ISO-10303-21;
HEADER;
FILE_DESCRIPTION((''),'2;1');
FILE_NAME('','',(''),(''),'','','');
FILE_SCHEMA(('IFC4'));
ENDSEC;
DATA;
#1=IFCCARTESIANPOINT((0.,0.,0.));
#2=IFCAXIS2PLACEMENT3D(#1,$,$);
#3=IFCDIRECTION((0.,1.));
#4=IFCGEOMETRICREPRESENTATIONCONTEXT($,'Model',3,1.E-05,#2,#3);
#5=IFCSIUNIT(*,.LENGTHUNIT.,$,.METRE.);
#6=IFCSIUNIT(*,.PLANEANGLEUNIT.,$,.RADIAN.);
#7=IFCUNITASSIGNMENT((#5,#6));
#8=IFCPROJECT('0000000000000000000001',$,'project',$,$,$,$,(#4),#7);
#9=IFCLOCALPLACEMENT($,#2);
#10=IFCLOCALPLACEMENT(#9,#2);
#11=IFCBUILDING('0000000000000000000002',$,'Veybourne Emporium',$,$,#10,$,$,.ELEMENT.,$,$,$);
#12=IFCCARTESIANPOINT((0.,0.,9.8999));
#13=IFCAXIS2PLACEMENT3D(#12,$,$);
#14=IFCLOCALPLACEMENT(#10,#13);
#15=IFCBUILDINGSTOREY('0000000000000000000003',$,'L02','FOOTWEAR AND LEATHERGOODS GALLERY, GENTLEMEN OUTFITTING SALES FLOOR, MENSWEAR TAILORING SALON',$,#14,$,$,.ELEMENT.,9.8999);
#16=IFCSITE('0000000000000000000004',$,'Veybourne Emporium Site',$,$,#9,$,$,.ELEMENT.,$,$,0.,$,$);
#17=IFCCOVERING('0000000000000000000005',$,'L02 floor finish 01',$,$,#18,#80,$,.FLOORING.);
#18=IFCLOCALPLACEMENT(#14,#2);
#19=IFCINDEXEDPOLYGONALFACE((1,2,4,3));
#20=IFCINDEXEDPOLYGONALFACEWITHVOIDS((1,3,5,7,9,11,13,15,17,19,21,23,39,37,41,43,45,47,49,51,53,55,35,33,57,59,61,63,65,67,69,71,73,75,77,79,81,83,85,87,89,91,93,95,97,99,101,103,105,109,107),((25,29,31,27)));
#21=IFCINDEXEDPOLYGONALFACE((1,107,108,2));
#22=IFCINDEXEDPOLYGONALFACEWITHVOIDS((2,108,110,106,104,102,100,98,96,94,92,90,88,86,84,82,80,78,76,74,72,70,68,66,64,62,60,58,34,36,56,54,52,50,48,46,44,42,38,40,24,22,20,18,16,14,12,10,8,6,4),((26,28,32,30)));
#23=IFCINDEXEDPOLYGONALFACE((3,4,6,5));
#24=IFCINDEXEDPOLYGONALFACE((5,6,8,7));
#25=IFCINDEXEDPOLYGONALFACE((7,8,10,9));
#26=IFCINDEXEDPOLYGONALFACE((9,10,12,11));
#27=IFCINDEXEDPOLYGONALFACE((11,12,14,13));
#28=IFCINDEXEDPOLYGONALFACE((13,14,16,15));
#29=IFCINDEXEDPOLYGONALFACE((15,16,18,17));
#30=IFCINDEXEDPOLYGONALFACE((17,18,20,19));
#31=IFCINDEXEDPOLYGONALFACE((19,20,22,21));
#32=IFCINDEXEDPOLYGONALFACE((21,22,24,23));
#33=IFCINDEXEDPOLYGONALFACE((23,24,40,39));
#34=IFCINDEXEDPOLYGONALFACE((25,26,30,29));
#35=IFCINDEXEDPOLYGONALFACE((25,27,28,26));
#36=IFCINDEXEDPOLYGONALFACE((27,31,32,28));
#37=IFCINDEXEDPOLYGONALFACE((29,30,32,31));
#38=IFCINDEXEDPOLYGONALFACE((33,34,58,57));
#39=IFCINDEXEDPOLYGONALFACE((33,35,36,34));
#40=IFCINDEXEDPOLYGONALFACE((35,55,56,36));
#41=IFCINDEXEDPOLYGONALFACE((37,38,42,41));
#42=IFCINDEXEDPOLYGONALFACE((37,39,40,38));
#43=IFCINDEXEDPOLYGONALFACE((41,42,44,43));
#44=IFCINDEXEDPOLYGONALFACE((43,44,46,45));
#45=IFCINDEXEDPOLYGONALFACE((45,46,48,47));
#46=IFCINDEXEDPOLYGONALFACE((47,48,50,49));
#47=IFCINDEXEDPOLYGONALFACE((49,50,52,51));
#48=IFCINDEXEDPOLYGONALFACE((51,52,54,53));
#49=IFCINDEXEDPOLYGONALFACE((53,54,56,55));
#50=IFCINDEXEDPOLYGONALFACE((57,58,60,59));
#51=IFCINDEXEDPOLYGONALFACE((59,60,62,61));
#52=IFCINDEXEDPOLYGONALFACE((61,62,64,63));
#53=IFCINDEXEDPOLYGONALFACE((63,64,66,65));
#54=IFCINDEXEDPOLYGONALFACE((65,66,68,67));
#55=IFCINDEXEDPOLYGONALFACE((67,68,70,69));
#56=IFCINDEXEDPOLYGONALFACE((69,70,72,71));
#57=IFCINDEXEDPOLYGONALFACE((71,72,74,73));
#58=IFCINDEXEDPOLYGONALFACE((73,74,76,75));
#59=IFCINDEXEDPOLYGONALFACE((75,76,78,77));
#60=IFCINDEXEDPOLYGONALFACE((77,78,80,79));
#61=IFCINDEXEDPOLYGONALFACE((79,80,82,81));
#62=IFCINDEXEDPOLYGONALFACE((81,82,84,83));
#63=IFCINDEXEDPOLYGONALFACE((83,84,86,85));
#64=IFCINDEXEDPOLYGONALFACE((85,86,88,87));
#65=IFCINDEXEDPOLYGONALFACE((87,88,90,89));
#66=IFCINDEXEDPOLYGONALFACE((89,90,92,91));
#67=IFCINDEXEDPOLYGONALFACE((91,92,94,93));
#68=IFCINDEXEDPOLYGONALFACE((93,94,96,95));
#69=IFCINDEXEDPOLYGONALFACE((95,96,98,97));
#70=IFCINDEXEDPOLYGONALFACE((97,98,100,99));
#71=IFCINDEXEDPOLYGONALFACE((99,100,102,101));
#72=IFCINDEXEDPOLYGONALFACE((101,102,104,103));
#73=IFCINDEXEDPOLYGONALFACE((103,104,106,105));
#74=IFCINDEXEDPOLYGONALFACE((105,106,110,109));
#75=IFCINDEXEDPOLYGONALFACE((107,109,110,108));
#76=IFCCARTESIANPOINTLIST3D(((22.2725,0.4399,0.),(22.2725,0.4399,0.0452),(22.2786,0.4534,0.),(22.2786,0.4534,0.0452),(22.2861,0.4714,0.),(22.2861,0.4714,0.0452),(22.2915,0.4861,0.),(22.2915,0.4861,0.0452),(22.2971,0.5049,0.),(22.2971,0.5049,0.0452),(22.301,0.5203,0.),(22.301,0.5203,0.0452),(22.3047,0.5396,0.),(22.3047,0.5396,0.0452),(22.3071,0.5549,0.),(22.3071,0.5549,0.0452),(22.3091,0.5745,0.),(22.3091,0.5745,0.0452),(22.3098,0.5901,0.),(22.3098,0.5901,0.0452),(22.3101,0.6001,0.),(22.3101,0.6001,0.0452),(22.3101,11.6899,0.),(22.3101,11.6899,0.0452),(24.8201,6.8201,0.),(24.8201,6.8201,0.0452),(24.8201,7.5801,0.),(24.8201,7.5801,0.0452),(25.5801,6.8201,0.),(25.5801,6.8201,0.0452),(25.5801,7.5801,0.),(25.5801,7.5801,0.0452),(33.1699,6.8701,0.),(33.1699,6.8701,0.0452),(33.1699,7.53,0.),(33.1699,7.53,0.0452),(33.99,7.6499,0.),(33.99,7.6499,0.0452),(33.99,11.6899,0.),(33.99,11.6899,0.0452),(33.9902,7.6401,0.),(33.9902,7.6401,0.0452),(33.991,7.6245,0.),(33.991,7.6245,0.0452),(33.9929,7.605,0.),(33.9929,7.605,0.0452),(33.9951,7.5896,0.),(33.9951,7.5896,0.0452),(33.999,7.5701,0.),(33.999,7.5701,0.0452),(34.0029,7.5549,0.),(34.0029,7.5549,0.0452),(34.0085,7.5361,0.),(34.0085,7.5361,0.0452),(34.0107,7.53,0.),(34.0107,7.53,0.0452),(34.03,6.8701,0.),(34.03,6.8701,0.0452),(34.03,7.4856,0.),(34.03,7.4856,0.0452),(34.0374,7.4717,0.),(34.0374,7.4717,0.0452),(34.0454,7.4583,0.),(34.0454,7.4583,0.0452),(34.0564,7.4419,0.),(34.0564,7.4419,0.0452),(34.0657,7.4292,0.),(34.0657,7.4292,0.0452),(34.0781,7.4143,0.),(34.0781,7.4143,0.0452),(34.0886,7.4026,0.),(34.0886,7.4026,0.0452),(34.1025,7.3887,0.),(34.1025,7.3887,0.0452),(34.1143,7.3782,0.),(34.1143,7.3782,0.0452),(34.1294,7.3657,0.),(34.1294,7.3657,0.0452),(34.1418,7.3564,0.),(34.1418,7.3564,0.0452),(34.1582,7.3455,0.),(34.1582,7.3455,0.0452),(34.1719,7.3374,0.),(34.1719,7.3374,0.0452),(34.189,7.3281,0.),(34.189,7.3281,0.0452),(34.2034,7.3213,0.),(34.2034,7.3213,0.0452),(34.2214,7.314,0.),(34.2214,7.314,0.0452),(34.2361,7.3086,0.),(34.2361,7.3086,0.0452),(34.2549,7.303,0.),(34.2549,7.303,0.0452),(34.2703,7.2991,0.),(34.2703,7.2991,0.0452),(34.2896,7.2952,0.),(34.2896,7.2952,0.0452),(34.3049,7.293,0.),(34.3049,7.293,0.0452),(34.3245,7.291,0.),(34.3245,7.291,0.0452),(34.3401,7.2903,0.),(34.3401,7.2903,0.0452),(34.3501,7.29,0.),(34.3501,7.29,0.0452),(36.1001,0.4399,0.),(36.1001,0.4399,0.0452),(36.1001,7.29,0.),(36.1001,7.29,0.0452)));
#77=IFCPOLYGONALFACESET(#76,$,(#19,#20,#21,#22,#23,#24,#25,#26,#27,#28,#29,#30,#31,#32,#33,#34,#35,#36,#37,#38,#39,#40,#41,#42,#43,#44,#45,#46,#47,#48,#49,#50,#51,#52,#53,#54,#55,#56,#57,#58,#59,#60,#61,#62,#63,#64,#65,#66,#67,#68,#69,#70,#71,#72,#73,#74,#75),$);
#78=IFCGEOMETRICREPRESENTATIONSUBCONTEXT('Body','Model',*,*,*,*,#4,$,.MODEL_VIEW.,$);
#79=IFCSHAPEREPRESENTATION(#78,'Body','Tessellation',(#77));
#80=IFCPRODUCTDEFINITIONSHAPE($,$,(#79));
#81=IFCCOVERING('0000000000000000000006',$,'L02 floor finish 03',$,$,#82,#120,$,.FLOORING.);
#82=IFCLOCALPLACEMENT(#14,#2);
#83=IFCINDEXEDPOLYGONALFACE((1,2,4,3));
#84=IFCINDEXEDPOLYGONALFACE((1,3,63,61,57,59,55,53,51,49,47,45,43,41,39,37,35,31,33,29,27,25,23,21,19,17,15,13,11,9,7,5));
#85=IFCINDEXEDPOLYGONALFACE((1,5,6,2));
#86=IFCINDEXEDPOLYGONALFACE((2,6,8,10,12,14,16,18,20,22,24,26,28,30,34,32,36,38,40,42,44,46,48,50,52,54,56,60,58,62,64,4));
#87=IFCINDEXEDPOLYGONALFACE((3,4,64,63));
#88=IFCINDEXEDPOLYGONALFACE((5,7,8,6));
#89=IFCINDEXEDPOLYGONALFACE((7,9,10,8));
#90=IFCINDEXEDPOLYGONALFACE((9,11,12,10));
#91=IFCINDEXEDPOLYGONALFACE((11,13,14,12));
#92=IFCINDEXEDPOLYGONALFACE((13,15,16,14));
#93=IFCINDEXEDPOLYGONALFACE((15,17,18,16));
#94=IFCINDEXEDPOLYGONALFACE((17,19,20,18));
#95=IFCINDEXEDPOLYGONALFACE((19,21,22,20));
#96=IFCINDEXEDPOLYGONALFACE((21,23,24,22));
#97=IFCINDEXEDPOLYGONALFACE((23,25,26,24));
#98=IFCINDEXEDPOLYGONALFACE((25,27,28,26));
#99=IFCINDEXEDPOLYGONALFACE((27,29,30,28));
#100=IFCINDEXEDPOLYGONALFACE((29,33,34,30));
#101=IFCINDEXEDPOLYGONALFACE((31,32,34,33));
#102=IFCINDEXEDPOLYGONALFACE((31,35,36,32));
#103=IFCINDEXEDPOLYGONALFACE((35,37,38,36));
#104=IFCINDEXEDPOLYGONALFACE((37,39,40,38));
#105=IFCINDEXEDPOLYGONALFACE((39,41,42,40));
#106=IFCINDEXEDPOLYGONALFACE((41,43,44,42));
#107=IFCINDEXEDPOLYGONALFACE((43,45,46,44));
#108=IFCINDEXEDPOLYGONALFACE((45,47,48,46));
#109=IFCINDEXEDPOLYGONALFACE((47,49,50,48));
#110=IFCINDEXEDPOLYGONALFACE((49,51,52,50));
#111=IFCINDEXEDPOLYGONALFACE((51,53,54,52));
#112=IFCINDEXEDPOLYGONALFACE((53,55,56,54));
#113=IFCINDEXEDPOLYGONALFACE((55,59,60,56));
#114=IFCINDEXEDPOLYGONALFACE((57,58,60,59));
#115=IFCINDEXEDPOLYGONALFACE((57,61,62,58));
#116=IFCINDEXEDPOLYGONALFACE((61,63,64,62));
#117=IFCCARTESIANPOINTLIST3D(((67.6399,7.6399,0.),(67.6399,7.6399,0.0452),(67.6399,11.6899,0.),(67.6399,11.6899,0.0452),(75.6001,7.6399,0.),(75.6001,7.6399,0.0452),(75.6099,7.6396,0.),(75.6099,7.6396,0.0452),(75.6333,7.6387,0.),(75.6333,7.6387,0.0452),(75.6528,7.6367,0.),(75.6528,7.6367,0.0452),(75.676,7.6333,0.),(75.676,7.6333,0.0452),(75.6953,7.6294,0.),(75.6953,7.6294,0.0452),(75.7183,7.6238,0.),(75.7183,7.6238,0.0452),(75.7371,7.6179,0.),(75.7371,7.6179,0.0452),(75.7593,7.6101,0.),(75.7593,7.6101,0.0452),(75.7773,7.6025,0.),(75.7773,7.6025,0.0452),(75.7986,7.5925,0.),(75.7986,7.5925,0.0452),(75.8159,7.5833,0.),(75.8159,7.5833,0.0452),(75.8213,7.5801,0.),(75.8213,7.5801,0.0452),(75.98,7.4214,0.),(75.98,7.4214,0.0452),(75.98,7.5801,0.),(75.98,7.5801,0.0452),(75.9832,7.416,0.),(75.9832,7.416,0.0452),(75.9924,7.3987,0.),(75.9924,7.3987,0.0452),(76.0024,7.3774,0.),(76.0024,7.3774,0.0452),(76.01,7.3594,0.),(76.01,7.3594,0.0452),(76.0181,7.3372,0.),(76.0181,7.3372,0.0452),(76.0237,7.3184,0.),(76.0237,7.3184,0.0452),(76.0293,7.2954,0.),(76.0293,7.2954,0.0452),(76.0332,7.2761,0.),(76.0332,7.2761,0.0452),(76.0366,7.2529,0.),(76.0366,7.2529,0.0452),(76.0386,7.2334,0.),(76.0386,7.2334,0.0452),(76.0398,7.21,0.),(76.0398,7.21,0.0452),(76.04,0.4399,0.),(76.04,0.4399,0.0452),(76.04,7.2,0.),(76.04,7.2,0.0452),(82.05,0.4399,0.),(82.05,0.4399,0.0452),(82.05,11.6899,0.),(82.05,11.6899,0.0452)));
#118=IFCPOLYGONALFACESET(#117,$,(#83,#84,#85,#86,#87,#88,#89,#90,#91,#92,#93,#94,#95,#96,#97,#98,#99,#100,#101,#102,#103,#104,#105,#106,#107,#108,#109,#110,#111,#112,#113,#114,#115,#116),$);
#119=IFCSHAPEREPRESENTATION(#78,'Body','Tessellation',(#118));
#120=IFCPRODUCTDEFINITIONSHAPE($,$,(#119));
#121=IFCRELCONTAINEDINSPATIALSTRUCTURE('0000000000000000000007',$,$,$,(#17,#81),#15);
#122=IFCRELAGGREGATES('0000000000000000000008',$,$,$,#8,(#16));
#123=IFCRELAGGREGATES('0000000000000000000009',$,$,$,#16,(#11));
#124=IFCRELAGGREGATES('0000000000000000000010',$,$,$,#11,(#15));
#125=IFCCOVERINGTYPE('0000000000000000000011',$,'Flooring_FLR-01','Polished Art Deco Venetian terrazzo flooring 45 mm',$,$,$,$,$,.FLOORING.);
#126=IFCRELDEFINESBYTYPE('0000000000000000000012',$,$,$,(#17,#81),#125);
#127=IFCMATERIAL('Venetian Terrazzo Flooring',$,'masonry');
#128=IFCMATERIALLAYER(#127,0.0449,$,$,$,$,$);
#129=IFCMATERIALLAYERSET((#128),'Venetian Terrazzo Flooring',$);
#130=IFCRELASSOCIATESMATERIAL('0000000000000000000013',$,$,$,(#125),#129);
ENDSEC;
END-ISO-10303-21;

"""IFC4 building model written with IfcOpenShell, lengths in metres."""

from ifc_helpers import new_model, si_unit, direction, frame, origin, place, context, subcontext, project, spatial, polyline, outline, extrude, material, layer, layer_set, type_object, element, save


model = new_model("IFC4")

# Units and contexts
model_context = context("Model", 3, precision=1e-05, world=origin(), true_north=direction((0.0, 1.0)))
body_context = subcontext(model_context, "Body", "Model", "MODEL_VIEW")
ifc_project = project(units=[si_unit("LENGTHUNIT", "METRE"), si_unit("PLANEANGLEUNIT", "RADIAN")], contexts=[model_context])

# Site, building, storey
site_placement = place(None, origin())
site = spatial("IfcSite", under=ifc_project, at=site_placement, Name="Veybourne Emporium Site", CompositionType="ELEMENT", RefElevation=0.0)
building_placement = place(site_placement, origin())
building = spatial("IfcBuilding", under=site, at=building_placement, Name="Veybourne Emporium", CompositionType="ELEMENT")
storey_placement = place(building_placement, frame((0.0, 0.0, 9.8999)))
storey = spatial("IfcBuildingStorey", under=building, at=storey_placement, Name="L02", Description="FOOTWEAR AND LEATHERGOODS GALLERY, GENTLEMEN OUTFITTING SALES FLOOR, MENSWEAR TAILORING SALON", CompositionType="ELEMENT", Elevation=9.8999)

# Coverings
ifc_material_1 = material(Name="Venetian Terrazzo Flooring", Category="masonry")
ifc_layer_1 = layer(ifc_material_1, 0.0449)
ifc_layer_set_1 = layer_set([ifc_layer_1], Name="Venetian Terrazzo Flooring")
covering_type_1 = type_object("IfcCoveringType", Name="Flooring_FLR-01", Description="Polished Art Deco Venetian terrazzo flooring 45 mm", PredefinedType="FLOORING", material=ifc_layer_set_1)
covering_1_placement = place(storey_placement, origin())
element("IfcCovering", 1, at=covering_1_placement, inside=storey, type_object=covering_type_1, Name="L02 floor finish 01", PredefinedType="FLOORING", context=body_context, shape_type="SweptSolid", body=[
    extrude(outline(polyline([(22.2786, 0.4534), (22.2861, 0.4714), (22.2915, 0.4861), (22.2971, 0.5049), (22.301, 0.5203), (22.3047, 0.5396), (22.3071, 0.5549), (22.3091, 0.5745), (22.3098, 0.5901), (22.3101, 0.6001), (22.3101, 11.6899), (33.99, 11.6899), (33.99, 7.6499), (33.9902, 7.6401), (33.991, 7.6245), (33.9929, 7.605), (33.9951, 7.5896), (33.999, 7.5701), (34.0029, 7.5549), (34.0085, 7.5361), (34.0107, 7.53), (33.1699, 7.53), (33.1699, 6.8701), (34.03, 6.8701), (34.03, 7.4856), (34.0374, 7.4717), (34.0454, 7.4583), (34.0564, 7.4419), (34.0657, 7.4292), (34.0781, 7.4143), (34.0886, 7.4026), (34.1025, 7.3887), (34.1143, 7.3782), (34.1294, 7.3657), (34.1418, 7.3564), (34.1582, 7.3455), (34.1719, 7.3374), (34.189, 7.3281), (34.2034, 7.3213), (34.2214, 7.314), (34.2361, 7.3086), (34.2549, 7.303), (34.2703, 7.2991), (34.2896, 7.2952), (34.3049, 7.293), (34.3245, 7.291), (34.3401, 7.2903), (34.3501, 7.29), (36.1001, 7.29), (36.1001, 0.4399), (22.2725, 0.4399), (22.2786, 0.4534)]), holes=[polyline([(25.5801, 7.5801), (24.8201, 7.5801), (24.8201, 6.8201), (25.5801, 6.8201), (25.5801, 7.5801)])]), origin(), (0.0, 0.0, 1.0), 0.0452),
])
covering_2_placement = place(storey_placement, origin())
element("IfcCovering", 2, at=covering_2_placement, inside=storey, type_object=covering_type_1, Name="L02 floor finish 03", PredefinedType="FLOORING", context=body_context, shape_type="SweptSolid", body=[
    extrude(outline(polyline([(76.04, 7.2), (76.0398, 7.21), (76.0386, 7.2334), (76.0366, 7.2529), (76.0332, 7.2761), (76.0293, 7.2954), (76.0237, 7.3184), (76.0181, 7.3372), (76.01, 7.3594), (76.0024, 7.3774), (75.9924, 7.3987), (75.9832, 7.416), (75.98, 7.4214), (75.98, 7.5801), (75.8213, 7.5801), (75.8159, 7.5833), (75.7986, 7.5925), (75.7773, 7.6025), (75.7593, 7.6101), (75.7371, 7.6179), (75.7183, 7.6238), (75.6953, 7.6294), (75.676, 7.6333), (75.6528, 7.6367), (75.6333, 7.6387), (75.6099, 7.6396), (75.6001, 7.6399), (67.6399, 7.6399), (67.6399, 11.6899), (82.05, 11.6899), (82.05, 0.4399), (76.04, 0.4399), (76.04, 7.2)])), origin(), (0.0, 0.0, 1.0), 0.0452),
])

save(model, "model.ifc")
